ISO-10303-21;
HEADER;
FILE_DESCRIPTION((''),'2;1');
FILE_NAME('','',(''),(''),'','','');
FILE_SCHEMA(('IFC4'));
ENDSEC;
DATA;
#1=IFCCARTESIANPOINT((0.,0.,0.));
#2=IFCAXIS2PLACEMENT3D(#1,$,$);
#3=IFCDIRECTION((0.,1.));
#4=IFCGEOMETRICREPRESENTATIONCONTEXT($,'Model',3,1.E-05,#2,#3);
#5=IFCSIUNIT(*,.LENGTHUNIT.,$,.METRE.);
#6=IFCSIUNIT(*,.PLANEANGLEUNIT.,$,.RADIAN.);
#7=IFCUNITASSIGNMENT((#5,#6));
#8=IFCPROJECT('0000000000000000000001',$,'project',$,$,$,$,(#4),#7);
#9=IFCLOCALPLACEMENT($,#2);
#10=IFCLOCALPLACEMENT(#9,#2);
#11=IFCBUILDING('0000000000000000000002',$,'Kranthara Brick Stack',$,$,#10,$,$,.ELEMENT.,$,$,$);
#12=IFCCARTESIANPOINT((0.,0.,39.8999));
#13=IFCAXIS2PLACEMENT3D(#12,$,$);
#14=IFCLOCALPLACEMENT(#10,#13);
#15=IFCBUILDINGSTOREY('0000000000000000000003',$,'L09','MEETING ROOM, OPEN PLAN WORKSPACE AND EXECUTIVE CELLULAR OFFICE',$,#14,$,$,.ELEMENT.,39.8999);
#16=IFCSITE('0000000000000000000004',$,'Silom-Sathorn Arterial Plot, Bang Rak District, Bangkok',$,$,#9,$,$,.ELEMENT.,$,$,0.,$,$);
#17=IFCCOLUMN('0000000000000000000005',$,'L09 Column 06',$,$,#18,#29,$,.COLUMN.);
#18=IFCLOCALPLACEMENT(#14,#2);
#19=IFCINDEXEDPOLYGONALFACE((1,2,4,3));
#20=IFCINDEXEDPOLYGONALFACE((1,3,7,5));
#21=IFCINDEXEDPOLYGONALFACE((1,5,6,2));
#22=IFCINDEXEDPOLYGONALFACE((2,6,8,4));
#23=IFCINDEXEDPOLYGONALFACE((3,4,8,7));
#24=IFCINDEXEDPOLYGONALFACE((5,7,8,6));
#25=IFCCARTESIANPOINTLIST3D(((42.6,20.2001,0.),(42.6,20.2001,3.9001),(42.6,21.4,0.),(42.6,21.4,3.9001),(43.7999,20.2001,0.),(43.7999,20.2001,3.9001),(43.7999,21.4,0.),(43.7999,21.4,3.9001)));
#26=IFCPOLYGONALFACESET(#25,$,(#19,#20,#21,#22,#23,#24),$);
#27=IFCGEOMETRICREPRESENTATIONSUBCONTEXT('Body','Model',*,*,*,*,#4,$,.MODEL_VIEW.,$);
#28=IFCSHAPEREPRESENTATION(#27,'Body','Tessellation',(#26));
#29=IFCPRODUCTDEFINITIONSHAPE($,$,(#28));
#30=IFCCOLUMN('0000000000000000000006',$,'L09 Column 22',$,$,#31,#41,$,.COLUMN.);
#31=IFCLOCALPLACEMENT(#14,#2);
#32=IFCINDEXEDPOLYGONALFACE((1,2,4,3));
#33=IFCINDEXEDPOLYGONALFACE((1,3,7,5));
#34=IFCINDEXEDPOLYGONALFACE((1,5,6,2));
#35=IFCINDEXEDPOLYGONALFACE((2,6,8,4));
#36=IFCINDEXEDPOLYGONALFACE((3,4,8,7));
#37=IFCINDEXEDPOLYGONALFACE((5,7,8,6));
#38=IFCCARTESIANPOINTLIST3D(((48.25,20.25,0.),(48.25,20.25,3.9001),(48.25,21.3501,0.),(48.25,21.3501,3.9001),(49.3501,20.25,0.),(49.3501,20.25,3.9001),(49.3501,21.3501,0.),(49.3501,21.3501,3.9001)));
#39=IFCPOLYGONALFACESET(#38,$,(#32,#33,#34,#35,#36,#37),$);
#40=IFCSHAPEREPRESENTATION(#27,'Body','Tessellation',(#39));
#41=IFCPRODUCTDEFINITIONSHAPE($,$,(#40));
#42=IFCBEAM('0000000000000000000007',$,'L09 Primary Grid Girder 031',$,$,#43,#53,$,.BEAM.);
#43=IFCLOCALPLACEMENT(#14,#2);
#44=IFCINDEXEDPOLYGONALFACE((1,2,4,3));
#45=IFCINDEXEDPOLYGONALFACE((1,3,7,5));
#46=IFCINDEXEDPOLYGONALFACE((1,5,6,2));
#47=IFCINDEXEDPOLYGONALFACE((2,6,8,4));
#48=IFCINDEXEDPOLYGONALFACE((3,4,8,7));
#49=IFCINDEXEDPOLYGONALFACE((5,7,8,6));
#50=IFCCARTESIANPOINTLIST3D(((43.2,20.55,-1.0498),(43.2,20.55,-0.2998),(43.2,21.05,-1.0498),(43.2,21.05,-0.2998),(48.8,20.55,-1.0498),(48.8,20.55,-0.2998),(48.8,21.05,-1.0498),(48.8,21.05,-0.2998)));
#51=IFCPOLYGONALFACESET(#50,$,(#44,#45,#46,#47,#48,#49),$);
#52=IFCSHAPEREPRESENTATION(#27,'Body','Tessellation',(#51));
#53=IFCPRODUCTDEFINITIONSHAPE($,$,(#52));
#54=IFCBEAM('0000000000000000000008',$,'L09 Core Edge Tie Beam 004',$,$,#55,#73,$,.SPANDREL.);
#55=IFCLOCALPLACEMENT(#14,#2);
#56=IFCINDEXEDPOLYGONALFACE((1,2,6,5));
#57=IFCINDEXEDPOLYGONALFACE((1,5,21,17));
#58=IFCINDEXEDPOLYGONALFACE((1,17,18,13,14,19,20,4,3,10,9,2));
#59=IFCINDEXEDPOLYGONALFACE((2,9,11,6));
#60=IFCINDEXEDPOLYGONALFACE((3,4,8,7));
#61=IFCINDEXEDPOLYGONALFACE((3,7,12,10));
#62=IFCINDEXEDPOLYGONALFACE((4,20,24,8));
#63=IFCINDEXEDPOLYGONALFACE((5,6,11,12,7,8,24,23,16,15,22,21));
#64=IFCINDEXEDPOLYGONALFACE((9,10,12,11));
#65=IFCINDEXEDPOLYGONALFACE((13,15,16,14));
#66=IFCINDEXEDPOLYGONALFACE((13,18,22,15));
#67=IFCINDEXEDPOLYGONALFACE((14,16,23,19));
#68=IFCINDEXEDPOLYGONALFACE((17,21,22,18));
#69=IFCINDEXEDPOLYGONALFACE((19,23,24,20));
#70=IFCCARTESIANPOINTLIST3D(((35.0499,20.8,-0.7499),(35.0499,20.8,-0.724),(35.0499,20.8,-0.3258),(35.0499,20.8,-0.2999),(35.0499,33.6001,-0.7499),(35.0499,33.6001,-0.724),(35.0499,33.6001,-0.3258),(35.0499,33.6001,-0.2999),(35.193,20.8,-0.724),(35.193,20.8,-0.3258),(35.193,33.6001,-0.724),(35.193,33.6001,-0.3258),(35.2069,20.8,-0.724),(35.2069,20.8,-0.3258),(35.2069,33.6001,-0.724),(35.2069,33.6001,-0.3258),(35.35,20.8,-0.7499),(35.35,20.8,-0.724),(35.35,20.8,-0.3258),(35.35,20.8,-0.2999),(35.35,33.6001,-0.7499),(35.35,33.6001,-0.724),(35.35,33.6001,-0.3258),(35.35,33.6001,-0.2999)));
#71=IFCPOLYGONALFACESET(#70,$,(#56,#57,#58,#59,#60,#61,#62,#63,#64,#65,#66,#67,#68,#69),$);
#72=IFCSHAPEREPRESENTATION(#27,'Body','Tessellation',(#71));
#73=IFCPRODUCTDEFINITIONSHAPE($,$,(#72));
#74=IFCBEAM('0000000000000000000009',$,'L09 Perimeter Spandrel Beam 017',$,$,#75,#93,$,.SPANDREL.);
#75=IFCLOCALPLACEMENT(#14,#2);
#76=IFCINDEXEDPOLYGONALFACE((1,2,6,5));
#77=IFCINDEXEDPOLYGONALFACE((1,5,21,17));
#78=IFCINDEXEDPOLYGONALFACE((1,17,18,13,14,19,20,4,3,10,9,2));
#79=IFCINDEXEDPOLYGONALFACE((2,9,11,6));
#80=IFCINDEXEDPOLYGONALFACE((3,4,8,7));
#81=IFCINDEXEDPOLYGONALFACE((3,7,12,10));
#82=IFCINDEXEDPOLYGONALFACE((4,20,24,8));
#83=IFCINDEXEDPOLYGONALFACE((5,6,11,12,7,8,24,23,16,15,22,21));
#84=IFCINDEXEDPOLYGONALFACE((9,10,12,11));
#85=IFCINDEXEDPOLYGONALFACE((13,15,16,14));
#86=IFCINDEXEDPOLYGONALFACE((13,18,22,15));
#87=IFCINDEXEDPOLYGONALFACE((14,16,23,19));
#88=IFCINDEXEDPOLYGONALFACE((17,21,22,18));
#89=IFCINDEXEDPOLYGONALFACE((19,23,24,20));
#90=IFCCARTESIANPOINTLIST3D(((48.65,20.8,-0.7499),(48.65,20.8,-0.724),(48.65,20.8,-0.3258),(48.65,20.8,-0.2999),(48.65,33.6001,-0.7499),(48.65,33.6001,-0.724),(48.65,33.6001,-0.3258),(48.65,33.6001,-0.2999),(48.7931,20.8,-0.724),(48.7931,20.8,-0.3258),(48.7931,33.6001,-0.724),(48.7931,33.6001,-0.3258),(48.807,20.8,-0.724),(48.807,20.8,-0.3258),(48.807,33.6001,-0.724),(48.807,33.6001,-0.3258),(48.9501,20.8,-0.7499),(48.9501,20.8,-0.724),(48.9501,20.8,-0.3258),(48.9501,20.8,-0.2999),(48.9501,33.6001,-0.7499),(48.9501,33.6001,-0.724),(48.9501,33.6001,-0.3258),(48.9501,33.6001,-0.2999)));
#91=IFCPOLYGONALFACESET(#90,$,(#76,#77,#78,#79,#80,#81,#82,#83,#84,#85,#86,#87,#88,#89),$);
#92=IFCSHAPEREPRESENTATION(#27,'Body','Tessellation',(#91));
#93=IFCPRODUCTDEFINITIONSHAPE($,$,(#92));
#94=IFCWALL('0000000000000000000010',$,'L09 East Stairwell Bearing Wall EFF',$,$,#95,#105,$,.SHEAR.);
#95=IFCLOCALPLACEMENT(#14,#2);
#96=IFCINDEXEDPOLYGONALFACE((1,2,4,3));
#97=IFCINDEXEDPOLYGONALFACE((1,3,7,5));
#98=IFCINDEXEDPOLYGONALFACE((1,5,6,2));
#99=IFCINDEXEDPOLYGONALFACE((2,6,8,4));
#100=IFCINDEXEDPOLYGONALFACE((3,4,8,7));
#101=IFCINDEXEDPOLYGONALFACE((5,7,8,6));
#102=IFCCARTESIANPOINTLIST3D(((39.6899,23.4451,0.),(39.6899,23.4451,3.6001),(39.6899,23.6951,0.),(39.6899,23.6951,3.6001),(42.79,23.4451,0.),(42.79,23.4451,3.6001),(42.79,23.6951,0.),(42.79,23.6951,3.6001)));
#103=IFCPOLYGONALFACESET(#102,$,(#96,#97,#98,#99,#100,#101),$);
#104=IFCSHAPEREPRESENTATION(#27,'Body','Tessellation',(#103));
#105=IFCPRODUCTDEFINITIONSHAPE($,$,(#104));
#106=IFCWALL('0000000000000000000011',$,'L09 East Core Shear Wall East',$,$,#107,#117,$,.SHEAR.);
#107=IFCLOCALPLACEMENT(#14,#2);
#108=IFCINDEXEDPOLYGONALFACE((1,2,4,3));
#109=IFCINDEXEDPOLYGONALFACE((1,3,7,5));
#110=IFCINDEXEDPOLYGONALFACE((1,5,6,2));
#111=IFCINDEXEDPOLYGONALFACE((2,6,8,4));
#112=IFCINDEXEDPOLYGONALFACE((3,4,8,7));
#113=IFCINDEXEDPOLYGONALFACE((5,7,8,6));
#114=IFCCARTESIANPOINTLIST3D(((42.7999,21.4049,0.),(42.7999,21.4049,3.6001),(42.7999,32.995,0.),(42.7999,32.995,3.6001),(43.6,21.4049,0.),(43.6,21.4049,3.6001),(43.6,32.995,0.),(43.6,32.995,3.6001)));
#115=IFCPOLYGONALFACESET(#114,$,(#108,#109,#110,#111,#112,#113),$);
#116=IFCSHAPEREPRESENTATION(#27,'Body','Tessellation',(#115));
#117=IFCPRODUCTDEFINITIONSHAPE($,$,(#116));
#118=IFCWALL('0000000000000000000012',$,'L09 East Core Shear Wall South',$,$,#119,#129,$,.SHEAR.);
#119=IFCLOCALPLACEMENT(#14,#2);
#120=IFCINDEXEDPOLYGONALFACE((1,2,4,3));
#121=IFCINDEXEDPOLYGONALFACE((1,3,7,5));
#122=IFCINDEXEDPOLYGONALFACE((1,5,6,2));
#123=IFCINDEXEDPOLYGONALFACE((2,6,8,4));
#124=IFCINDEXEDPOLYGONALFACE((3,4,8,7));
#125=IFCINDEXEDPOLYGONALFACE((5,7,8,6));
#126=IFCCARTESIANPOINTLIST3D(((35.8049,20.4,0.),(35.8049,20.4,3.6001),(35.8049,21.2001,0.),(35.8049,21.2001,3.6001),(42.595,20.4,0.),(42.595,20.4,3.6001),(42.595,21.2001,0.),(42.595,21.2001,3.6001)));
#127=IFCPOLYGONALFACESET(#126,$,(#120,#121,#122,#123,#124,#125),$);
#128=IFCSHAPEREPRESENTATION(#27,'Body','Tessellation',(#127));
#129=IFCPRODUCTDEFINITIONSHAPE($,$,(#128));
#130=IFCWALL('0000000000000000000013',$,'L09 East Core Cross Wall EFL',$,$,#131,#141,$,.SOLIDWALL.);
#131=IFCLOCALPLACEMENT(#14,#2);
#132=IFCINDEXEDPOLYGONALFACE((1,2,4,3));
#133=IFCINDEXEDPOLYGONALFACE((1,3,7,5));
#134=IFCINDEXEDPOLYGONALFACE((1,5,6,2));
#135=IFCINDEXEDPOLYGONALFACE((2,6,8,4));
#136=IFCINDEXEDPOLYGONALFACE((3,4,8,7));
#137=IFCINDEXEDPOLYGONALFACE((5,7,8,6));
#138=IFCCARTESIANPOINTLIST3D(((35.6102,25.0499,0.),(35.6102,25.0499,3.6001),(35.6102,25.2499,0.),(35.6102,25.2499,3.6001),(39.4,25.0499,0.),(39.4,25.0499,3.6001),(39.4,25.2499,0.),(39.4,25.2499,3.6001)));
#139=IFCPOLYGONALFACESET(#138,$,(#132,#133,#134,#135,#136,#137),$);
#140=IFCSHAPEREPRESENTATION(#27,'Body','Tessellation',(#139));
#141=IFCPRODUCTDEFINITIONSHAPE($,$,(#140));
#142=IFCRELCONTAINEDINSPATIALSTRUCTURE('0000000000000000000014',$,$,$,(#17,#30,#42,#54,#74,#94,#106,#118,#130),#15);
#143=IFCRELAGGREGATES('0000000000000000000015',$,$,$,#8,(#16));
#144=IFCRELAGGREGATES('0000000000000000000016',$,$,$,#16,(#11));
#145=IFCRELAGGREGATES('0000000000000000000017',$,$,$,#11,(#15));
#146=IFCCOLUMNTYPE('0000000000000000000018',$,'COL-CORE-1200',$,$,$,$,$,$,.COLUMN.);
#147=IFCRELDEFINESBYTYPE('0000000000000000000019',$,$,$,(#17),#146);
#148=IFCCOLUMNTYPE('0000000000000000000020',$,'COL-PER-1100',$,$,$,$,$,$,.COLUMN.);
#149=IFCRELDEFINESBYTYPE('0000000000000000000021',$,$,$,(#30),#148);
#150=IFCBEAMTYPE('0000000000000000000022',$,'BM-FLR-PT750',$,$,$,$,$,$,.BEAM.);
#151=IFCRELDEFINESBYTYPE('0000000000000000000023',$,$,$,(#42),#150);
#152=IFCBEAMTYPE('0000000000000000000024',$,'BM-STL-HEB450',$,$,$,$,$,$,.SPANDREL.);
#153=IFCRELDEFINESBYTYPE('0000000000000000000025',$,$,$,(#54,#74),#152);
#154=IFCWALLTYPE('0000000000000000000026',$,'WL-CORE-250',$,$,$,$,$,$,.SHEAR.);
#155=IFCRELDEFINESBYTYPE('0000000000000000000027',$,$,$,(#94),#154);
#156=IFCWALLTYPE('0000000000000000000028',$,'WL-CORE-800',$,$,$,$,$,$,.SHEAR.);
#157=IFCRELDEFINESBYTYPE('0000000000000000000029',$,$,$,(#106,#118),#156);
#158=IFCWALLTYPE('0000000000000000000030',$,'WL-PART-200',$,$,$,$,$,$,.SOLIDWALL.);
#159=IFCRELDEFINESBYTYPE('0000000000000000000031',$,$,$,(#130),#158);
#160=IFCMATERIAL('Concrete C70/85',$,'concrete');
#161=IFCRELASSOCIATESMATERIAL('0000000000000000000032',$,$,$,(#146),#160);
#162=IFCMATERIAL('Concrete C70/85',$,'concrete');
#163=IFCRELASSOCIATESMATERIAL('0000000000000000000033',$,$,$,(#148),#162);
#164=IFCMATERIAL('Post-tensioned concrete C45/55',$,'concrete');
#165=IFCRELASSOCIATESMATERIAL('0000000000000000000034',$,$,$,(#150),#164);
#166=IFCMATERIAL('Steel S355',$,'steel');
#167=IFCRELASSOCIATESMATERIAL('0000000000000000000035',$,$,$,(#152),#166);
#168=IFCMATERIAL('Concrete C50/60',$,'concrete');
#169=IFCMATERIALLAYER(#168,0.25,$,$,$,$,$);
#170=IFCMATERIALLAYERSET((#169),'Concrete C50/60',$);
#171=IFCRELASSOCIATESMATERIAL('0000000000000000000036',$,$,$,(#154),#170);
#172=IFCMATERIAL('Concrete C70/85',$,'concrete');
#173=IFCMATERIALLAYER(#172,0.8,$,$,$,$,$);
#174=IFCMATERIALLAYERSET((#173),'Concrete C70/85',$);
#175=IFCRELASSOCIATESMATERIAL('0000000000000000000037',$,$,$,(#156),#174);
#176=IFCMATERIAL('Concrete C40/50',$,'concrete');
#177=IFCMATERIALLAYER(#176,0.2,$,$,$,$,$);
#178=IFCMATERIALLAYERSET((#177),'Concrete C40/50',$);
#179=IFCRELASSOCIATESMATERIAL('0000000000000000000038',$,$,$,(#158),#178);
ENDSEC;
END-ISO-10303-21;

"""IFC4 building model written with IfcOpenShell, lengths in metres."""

from ifc_helpers import new_model, si_unit, direction, frame, frame_2d, origin, origin_2d, place, context, subcontext, project, spatial, rectangle, i_section, extrude, material, layer, layer_set, material_profile, profile_set, type_object, element, save


model = new_model("IFC4")

# Units and contexts
model_context = context("Model", 3, precision=1e-05, world=origin(), true_north=direction((0.0, 1.0)))
body_context = subcontext(model_context, "Body", "Model", "MODEL_VIEW")
ifc_project = project(units=[si_unit("LENGTHUNIT", "METRE"), si_unit("PLANEANGLEUNIT", "RADIAN")], contexts=[model_context])

# Site, building, storey
site_placement = place(None, origin())
site = spatial("IfcSite", under=ifc_project, at=site_placement, Name="Silom-Sathorn Arterial Plot, Bang Rak District, Bangkok", CompositionType="ELEMENT", RefElevation=0.0)
building_placement = place(site_placement, origin())
building = spatial("IfcBuilding", under=site, at=building_placement, Name="Kranthara Brick Stack", CompositionType="ELEMENT")
storey_placement = place(building_placement, frame((0.0, 0.0, 39.8999)))
storey = spatial("IfcBuildingStorey", under=building, at=storey_placement, Name="L09", Description="MEETING ROOM, OPEN PLAN WORKSPACE AND EXECUTIVE CELLULAR OFFICE", CompositionType="ELEMENT", Elevation=39.8999)

# Columns
ifc_material_1 = material(Name="Concrete C70/85", Category="concrete")
ifc_material_profile_1 = material_profile(ifc_material_1, rectangle(XDim=1.2, YDim=1.2, at=origin_2d()), Name="RC 1200x1200")
ifc_profile_set_1 = profile_set([ifc_material_profile_1], Name="Concrete C70/85")
column_type_1 = type_object("IfcColumnType", Name="COL-CORE-1200", PredefinedType="COLUMN", material=ifc_profile_set_1)
column_1_placement = place(storey_placement, frame((43.2, 20.8, 0.0), z_axis=(0.0, 0.0, 1.0), x_axis=(1.0, 0.0, 0.0)))
element("IfcColumn", 1, at=column_1_placement, inside=storey, type_object=column_type_1, Name="L09 Column 06", PredefinedType="COLUMN", context=body_context, shape_type="SweptSolid", body=[
    extrude(rectangle(XDim=1.2, YDim=1.2, at=origin_2d()), origin(), (0.0, 0.0, 1.0), 3.9001),
])
ifc_material_2 = material(Name="Concrete C70/85", Category="concrete")
ifc_material_profile_2 = material_profile(ifc_material_2, rectangle(XDim=1.1001, YDim=1.1001, at=origin_2d()), Name="RC 1100x1100")
ifc_profile_set_2 = profile_set([ifc_material_profile_2], Name="Concrete C70/85")
column_type_2 = type_object("IfcColumnType", Name="COL-PER-1100", PredefinedType="COLUMN", material=ifc_profile_set_2)
column_2_placement = place(storey_placement, frame((48.8, 20.8, 0.0), z_axis=(0.0, 0.0, 1.0), x_axis=(1.0, 0.0, 0.0)))
element("IfcColumn", 2, at=column_2_placement, inside=storey, type_object=column_type_2, Name="L09 Column 22", PredefinedType="COLUMN", context=body_context, shape_type="SweptSolid", body=[
    extrude(rectangle(XDim=1.1001, YDim=1.1001, at=origin_2d()), origin(), (0.0, 0.0, 1.0), 3.9001),
])

# Beams
ifc_material_3 = material(Name="Post-tensioned concrete C45/55", Category="concrete")
ifc_material_profile_3 = material_profile(ifc_material_3, rectangle(XDim=0.5, YDim=0.75, at=origin_2d()), Name="PT 500x750")
ifc_profile_set_3 = profile_set([ifc_material_profile_3], Name="Post-tensioned concrete C45/55")
beam_type_1 = type_object("IfcBeamType", Name="BM-FLR-PT750", PredefinedType="BEAM", material=ifc_profile_set_3)
beam_placement = place(storey_placement, frame((43.2, 20.8, -0.6748), z_axis=(1.0, 0.0, 0.0), x_axis=(0.0, 1.0, 0.0)))
element("IfcBeam", 3, at=beam_placement, inside=storey, type_object=beam_type_1, Name="L09 Primary Grid Girder 031", PredefinedType="BEAM", context=body_context, shape_type="SweptSolid", body=[
    extrude(rectangle(XDim=0.5, YDim=0.75, at=origin_2d()), origin(), (0.0, 0.0, 1.0), 5.6001),
])
ifc_material_4 = material(Name="Steel S355", Category="steel")
ifc_material_profile_4 = material_profile(ifc_material_4, i_section(OverallWidth=0.3, OverallDepth=0.45, WebThickness=0.0139, FlangeThickness=0.0259, at=origin_2d()), Name="HEB 450")
ifc_profile_set_4 = profile_set([ifc_material_profile_4], Name="Steel S355")
beam_type_2 = type_object("IfcBeamType", Name="BM-STL-HEB450", PredefinedType="SPANDREL", material=ifc_profile_set_4)
for number, where, z_axis, x_axis, name in (
    (4, (35.2, 20.8, -0.5249), (0.0, 1.0, 0.0), (-1.0, 0.0, 0.0), "L09 Core Edge Tie Beam 004"),
    (5, (48.8, 20.8, -0.5249), (0.0, 1.0, 0.0), (-1.0, 0.0, 0.0), "L09 Perimeter Spandrel Beam 017"),
):
    element("IfcBeam", number, at=place(storey_placement, frame(where, z_axis=z_axis, x_axis=x_axis)), inside=storey, type_object=beam_type_2, Name=name, PredefinedType="SPANDREL", context=body_context, shape_type="SweptSolid", body=[
        extrude(i_section(OverallWidth=0.3, OverallDepth=0.45, WebThickness=0.0139, FlangeThickness=0.0259, at=origin_2d()), origin(), (0.0, 0.0, 1.0), 12.8),
    ])

# Shared definitions
ifc_material_5 = material(Name="Concrete C50/60", Category="concrete")
ifc_layer_1 = layer(ifc_material_5, 0.25)
ifc_layer_set_1 = layer_set([ifc_layer_1], Name="Concrete C50/60")
wall_type_1 = type_object("IfcWallType", Name="WL-CORE-250", PredefinedType="SHEAR", material=ifc_layer_set_1)

# Walls
wall_1_placement = place(storey_placement, frame((39.6899, 23.5701, 0.0), z_axis=(0.0, 0.0, 1.0), x_axis=(1.0, 0.0, 0.0)))
element("IfcWall", 6, at=wall_1_placement, inside=storey, type_object=wall_type_1, Name="L09 East Stairwell Bearing Wall EFF", PredefinedType="SHEAR", context=body_context, shape_type="SweptSolid", body=[
    extrude(rectangle(XDim=3.1001, YDim=0.25, at=frame_2d((1.55, 0.0))), origin(), (0.0, 0.0, 1.0), 3.6001),
])
ifc_material_6 = material(Name="Concrete C70/85", Category="concrete")
ifc_layer_2 = layer(ifc_material_6, 0.8)
ifc_layer_set_2 = layer_set([ifc_layer_2], Name="Concrete C70/85")
wall_type_2 = type_object("IfcWallType", Name="WL-CORE-800", PredefinedType="SHEAR", material=ifc_layer_set_2)
wall_2_placement = place(storey_placement, frame((43.2, 21.405, 0.0), z_axis=(0.0, 0.0, 1.0), x_axis=(0.0, 1.0, 0.0)))
element("IfcWall", 7, at=wall_2_placement, inside=storey, type_object=wall_type_2, Name="L09 East Core Shear Wall East", PredefinedType="SHEAR", context=body_context, shape_type="SweptSolid", body=[
    extrude(rectangle(XDim=11.5901, YDim=0.8, at=frame_2d((5.7949, 0.0))), origin(), (0.0, 0.0, 1.0), 3.6001),
])
wall_3_placement = place(storey_placement, frame((35.8049, 20.8, 0.0), z_axis=(0.0, 0.0, 1.0), x_axis=(1.0, 0.0, 0.0)))
element("IfcWall", 8, at=wall_3_placement, inside=storey, type_object=wall_type_2, Name="L09 East Core Shear Wall South", PredefinedType="SHEAR", context=body_context, shape_type="SweptSolid", body=[
    extrude(rectangle(XDim=6.79, YDim=0.8, at=frame_2d((3.395, 0.0))), origin(), (0.0, 0.0, 1.0), 3.6001),
])

# Wall
ifc_material_7 = material(Name="Concrete C40/50", Category="concrete")
ifc_layer_3 = layer(ifc_material_7, 0.2)
ifc_layer_set_3 = layer_set([ifc_layer_3], Name="Concrete C40/50")
wall_type_3 = type_object("IfcWallType", Name="WL-PART-200", PredefinedType="SOLIDWALL", material=ifc_layer_set_3)
wall_4_placement = place(storey_placement, frame((35.6101, 25.1499, 0.0), z_axis=(0.0, 0.0, 1.0), x_axis=(1.0, 0.0, 0.0)))
element("IfcWall", 9, at=wall_4_placement, inside=storey, type_object=wall_type_3, Name="L09 East Core Cross Wall EFL", PredefinedType="SOLIDWALL", context=body_context, shape_type="SweptSolid", body=[
    extrude(rectangle(XDim=3.7898, YDim=0.2, at=frame_2d((1.895, 0.0))), origin(), (0.0, 0.0, 1.0), 3.6001),
])

save(model, "model.ifc")
